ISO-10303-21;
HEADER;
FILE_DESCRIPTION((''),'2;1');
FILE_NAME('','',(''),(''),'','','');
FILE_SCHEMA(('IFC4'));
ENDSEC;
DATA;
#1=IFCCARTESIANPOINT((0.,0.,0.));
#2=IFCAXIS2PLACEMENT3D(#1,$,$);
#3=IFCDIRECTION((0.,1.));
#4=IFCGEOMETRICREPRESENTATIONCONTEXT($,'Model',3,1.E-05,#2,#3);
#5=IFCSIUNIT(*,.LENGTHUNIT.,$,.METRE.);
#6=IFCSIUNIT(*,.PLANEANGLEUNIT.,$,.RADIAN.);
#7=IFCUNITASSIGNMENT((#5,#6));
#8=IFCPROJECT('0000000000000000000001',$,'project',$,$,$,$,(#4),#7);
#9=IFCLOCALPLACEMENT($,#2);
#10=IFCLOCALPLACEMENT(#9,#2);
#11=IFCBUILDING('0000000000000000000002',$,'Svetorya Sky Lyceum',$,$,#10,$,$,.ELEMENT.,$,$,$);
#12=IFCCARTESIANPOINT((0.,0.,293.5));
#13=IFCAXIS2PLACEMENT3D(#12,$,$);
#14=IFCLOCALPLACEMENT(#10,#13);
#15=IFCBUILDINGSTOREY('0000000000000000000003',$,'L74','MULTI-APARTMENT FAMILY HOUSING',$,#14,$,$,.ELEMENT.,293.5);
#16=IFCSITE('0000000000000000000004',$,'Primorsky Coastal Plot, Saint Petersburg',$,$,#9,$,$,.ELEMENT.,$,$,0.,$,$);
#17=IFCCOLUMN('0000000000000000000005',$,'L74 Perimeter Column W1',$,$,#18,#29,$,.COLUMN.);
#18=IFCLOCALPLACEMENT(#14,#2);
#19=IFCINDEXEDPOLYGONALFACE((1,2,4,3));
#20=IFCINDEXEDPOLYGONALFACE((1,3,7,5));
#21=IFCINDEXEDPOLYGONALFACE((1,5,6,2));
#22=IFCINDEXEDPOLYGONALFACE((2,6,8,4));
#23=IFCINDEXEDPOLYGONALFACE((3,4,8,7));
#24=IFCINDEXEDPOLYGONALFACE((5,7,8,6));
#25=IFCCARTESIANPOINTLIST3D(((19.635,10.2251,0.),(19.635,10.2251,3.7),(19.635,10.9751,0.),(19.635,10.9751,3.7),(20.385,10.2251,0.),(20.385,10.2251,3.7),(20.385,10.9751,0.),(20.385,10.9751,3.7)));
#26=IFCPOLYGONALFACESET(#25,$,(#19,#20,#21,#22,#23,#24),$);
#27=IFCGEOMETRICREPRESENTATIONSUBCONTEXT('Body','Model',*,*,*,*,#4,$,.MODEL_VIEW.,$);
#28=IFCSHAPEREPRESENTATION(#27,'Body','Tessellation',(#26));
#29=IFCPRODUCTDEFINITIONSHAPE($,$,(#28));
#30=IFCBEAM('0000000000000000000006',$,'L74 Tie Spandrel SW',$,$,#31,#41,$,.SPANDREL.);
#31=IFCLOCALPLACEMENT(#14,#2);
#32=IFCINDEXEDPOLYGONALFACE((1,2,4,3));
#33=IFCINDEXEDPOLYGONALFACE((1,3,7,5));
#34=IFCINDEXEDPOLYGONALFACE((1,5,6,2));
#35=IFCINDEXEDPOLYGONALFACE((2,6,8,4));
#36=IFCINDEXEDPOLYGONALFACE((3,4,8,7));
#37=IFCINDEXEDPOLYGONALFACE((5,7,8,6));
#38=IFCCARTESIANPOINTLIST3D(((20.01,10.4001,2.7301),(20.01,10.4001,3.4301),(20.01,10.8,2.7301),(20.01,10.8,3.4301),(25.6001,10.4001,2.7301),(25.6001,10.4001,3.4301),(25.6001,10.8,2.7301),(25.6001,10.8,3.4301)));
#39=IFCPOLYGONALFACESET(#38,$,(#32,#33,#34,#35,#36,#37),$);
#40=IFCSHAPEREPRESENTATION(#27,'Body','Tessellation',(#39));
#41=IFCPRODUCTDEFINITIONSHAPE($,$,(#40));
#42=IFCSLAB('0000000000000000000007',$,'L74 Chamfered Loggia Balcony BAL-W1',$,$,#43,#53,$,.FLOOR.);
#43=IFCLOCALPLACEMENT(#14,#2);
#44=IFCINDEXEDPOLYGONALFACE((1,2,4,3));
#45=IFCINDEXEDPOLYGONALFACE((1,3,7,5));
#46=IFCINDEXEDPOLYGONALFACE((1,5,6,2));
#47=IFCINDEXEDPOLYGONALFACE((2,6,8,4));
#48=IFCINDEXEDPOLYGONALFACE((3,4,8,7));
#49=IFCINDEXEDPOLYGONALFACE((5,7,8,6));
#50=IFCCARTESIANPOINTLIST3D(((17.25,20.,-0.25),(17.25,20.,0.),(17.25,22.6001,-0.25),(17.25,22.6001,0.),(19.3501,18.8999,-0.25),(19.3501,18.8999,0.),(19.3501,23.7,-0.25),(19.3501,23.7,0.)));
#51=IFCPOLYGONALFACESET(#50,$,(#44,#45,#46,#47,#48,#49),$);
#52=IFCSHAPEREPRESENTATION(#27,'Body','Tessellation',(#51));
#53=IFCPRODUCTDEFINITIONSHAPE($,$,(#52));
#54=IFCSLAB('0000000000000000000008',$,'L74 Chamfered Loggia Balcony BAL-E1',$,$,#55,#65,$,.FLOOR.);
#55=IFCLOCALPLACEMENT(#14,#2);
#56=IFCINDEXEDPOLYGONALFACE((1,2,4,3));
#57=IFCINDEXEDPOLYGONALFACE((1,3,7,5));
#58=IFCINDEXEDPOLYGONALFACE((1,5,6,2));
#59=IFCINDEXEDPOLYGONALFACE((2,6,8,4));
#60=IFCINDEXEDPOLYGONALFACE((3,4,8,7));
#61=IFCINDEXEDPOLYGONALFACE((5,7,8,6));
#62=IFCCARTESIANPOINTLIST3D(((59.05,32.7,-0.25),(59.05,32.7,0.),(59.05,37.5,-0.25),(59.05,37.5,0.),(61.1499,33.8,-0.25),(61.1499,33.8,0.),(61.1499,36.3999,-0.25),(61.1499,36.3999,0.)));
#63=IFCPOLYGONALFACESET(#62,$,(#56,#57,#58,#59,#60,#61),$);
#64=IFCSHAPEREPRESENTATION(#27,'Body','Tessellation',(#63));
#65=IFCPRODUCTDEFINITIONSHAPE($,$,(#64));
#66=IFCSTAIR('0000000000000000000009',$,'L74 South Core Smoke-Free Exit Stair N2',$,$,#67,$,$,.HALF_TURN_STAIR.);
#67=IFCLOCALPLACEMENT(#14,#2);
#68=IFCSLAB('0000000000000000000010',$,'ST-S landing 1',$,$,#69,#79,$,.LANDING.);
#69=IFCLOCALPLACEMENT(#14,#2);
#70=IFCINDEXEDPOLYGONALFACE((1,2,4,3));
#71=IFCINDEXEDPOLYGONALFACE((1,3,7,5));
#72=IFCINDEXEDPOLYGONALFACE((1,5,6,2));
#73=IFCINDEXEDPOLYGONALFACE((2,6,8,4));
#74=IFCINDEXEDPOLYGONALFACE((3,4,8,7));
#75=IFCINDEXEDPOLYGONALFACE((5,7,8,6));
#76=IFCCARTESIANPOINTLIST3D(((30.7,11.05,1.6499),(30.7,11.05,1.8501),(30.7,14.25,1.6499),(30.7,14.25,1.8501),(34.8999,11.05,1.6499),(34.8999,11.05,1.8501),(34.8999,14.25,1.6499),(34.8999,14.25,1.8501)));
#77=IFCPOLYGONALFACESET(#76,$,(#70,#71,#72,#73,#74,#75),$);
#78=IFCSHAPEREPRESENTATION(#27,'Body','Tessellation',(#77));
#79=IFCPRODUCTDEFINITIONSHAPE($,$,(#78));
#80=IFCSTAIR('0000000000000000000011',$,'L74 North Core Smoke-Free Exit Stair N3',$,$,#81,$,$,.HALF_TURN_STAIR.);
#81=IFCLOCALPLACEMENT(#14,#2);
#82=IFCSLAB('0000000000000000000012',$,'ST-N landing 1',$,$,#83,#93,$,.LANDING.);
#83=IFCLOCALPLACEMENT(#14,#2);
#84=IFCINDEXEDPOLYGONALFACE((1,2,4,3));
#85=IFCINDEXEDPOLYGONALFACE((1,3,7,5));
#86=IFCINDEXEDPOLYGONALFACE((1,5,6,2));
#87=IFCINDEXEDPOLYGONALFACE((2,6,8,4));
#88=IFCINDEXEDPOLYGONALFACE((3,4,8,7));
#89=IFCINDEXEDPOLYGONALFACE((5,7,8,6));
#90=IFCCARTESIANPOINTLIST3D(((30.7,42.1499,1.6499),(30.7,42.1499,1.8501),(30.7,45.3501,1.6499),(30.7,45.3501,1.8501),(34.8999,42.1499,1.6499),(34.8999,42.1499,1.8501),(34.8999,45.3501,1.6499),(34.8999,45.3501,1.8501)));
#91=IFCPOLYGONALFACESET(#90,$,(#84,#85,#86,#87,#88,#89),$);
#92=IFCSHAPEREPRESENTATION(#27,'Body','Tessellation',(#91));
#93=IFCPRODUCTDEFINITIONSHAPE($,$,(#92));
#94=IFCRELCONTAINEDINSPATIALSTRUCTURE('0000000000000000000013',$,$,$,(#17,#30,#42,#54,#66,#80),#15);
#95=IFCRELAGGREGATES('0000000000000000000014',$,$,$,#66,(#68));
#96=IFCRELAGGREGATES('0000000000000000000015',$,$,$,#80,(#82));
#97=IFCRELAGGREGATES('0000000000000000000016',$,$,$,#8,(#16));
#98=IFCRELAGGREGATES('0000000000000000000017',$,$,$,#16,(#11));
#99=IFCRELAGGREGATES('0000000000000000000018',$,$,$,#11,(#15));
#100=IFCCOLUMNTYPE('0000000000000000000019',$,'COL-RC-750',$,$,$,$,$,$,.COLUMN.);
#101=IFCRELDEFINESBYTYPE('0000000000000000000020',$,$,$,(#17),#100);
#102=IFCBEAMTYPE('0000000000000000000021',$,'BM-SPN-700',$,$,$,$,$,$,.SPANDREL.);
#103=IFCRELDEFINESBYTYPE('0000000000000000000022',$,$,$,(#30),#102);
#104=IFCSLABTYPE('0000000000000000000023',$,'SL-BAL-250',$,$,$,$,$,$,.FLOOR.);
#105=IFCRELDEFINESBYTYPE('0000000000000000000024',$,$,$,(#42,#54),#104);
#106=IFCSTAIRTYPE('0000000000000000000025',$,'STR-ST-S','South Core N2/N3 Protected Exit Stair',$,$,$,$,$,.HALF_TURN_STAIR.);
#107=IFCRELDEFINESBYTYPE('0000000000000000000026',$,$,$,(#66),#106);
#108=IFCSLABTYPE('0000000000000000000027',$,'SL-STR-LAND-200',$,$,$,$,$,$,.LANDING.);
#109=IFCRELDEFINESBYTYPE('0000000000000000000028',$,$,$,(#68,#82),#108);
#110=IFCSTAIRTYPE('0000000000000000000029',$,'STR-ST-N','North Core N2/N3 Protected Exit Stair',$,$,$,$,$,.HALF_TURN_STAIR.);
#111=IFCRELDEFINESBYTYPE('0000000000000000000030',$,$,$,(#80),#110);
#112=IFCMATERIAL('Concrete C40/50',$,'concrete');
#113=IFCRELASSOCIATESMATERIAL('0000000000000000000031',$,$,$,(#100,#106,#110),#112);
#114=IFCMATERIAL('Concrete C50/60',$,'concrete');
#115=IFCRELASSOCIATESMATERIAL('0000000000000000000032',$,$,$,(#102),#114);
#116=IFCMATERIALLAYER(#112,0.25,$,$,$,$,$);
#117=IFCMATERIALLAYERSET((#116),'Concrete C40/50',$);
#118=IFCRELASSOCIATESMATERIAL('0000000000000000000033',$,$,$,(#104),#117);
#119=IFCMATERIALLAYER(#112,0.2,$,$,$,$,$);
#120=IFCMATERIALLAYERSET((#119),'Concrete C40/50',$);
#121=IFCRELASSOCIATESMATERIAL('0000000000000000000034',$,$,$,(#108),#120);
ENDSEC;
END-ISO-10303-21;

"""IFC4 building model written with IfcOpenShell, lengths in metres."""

from ifc_helpers import new_model, si_unit, direction, frame, origin, origin_2d, place, context, subcontext, project, spatial, polyline, rectangle, outline, extrude, material, layer, layer_set, material_profile, profile_set, type_object, element, aggregate, save


model = new_model("IFC4")

# Units and contexts
model_context = context("Model", 3, precision=1e-05, world=origin(), true_north=direction((0.0, 1.0)))
body_context = subcontext(model_context, "Body", "Model", "MODEL_VIEW")
ifc_project = project(units=[si_unit("LENGTHUNIT", "METRE"), si_unit("PLANEANGLEUNIT", "RADIAN")], contexts=[model_context])

# Site, building, storey
site_placement = place(None, origin())
site = spatial("IfcSite", under=ifc_project, at=site_placement, Name="Primorsky Coastal Plot, Saint Petersburg", CompositionType="ELEMENT", RefElevation=0.0)
building_placement = place(site_placement, origin())
building = spatial("IfcBuilding", under=site, at=building_placement, Name="Svetorya Sky Lyceum", CompositionType="ELEMENT")
storey_placement = place(building_placement, frame((0.0, 0.0, 293.5)))
storey = spatial("IfcBuildingStorey", under=building, at=storey_placement, Name="L74", Description="MULTI-APARTMENT FAMILY HOUSING", CompositionType="ELEMENT", Elevation=293.5)

# Column
ifc_material_1 = material(Name="Concrete C40/50", Category="concrete")
ifc_material_profile_1 = material_profile(ifc_material_1, rectangle(XDim=0.75, YDim=0.75, at=origin_2d()), Name="RC COL 750x750")
ifc_profile_set_1 = profile_set([ifc_material_profile_1], Name="Concrete C40/50")
column_type = type_object("IfcColumnType", Name="COL-RC-750", PredefinedType="COLUMN", material=ifc_profile_set_1)
column_placement = place(storey_placement, frame((20.01, 10.6001, 0.0), z_axis=(0.0, 0.0, 1.0), x_axis=(1.0, 0.0, 0.0)))
element("IfcColumn", 1, at=column_placement, inside=storey, type_object=column_type, Name="L74 Perimeter Column W1", PredefinedType="COLUMN", context=body_context, shape_type="SweptSolid", body=[
    extrude(rectangle(XDim=0.75, YDim=0.75, at=origin_2d()), origin(), (0.0, 0.0, 1.0), 3.7),
])

# Beam
ifc_material_2 = material(Name="Concrete C50/60", Category="concrete")
ifc_material_profile_2 = material_profile(ifc_material_2, rectangle(XDim=0.3999, YDim=0.7, at=origin_2d()), Name="RC SPANDREL 400x700")
ifc_profile_set_2 = profile_set([ifc_material_profile_2], Name="Concrete C50/60")
beam_type = type_object("IfcBeamType", Name="BM-SPN-700", PredefinedType="SPANDREL", material=ifc_profile_set_2)
beam_placement = place(storey_placement, frame((20.01, 10.6001, 3.0801), z_axis=(1.0, 0.0, 0.0), x_axis=(0.0, 1.0, 0.0)))
element("IfcBeam", 2, at=beam_placement, inside=storey, type_object=beam_type, Name="L74 Tie Spandrel SW", PredefinedType="SPANDREL", context=body_context, shape_type="SweptSolid", body=[
    extrude(rectangle(XDim=0.3999, YDim=0.7, at=origin_2d()), origin(), (0.0, 0.0, 1.0), 5.5901),
])

# Slabs
ifc_layer_1 = layer(ifc_material_1, 0.25)
ifc_layer_set_1 = layer_set([ifc_layer_1], Name="Concrete C40/50")
slab_type_1 = type_object("IfcSlabType", Name="SL-BAL-250", PredefinedType="FLOOR", material=ifc_layer_set_1)
slab_1_placement = place(storey_placement, frame((0.0, 0.0, -0.25)))
element("IfcSlab", 3, at=slab_1_placement, inside=storey, type_object=slab_type_1, Name="L74 Chamfered Loggia Balcony BAL-W1", PredefinedType="FLOOR", context=body_context, shape_type="SweptSolid", body=[
    extrude(outline(polyline([(19.3501, 18.8999), (19.3501, 23.7), (17.25, 22.6001), (17.25, 20.0), (19.3501, 18.8999)])), origin(), (0.0, 0.0, 1.0), 0.25),
])
slab_2_placement = place(storey_placement, frame((0.0, 0.0, -0.25)))
element("IfcSlab", 4, at=slab_2_placement, inside=storey, type_object=slab_type_1, Name="L74 Chamfered Loggia Balcony BAL-E1", PredefinedType="FLOOR", context=body_context, shape_type="SweptSolid", body=[
    extrude(outline(polyline([(59.05, 32.7), (61.1499, 33.8), (61.1499, 36.3999), (59.05, 37.5), (59.05, 32.7)])), origin(), (0.0, 0.0, 1.0), 0.25),
])

# Stairs, slabs
stair_type_1 = type_object("IfcStairType", Name="STR-ST-S", Description="South Core N2/N3 Protected Exit Stair", PredefinedType="HALF_TURN_STAIR", material=ifc_material_1)
stair_1_placement = place(storey_placement, origin())
stair_1 = element("IfcStair", 5, at=stair_1_placement, inside=storey, type_object=stair_type_1, Name="L74 South Core Smoke-Free Exit Stair N2", PredefinedType="HALF_TURN_STAIR")
ifc_layer_2 = layer(ifc_material_1, 0.2)
ifc_layer_set_2 = layer_set([ifc_layer_2], Name="Concrete C40/50")
slab_type_2 = type_object("IfcSlabType", Name="SL-STR-LAND-200", PredefinedType="LANDING", material=ifc_layer_set_2)
slab_3_placement = place(storey_placement, frame((0.0, 0.0, 1.6499)))
slab_3 = element("IfcSlab", 6, at=slab_3_placement, type_object=slab_type_2, Name="ST-S landing 1", PredefinedType="LANDING", context=body_context, shape_type="SweptSolid", body=[
    extrude(outline(polyline([(30.7, 11.05), (34.8999, 11.05), (34.8999, 14.25), (30.7, 14.25), (30.7, 11.05)])), origin(), (0.0, 0.0, 1.0), 0.2002),
])
aggregate(stair_1, [slab_3])
stair_type_2 = type_object("IfcStairType", Name="STR-ST-N", Description="North Core N2/N3 Protected Exit Stair", PredefinedType="HALF_TURN_STAIR", material=ifc_material_1)
stair_2_placement = place(storey_placement, origin())
stair_2 = element("IfcStair", 7, at=stair_2_placement, inside=storey, type_object=stair_type_2, Name="L74 North Core Smoke-Free Exit Stair N3", PredefinedType="HALF_TURN_STAIR")
slab_4_placement = place(storey_placement, frame((0.0, 0.0, 1.6499)))
slab_4 = element("IfcSlab", 8, at=slab_4_placement, type_object=slab_type_2, Name="ST-N landing 1", PredefinedType="LANDING", context=body_context, shape_type="SweptSolid", body=[
    extrude(outline(polyline([(30.7, 42.1499), (34.8999, 42.1499), (34.8999, 45.3501), (30.7, 45.3501), (30.7, 42.1499)])), origin(), (0.0, 0.0, 1.0), 0.2002),
])
aggregate(stair_2, [slab_4])

save(model, "model.ifc")
